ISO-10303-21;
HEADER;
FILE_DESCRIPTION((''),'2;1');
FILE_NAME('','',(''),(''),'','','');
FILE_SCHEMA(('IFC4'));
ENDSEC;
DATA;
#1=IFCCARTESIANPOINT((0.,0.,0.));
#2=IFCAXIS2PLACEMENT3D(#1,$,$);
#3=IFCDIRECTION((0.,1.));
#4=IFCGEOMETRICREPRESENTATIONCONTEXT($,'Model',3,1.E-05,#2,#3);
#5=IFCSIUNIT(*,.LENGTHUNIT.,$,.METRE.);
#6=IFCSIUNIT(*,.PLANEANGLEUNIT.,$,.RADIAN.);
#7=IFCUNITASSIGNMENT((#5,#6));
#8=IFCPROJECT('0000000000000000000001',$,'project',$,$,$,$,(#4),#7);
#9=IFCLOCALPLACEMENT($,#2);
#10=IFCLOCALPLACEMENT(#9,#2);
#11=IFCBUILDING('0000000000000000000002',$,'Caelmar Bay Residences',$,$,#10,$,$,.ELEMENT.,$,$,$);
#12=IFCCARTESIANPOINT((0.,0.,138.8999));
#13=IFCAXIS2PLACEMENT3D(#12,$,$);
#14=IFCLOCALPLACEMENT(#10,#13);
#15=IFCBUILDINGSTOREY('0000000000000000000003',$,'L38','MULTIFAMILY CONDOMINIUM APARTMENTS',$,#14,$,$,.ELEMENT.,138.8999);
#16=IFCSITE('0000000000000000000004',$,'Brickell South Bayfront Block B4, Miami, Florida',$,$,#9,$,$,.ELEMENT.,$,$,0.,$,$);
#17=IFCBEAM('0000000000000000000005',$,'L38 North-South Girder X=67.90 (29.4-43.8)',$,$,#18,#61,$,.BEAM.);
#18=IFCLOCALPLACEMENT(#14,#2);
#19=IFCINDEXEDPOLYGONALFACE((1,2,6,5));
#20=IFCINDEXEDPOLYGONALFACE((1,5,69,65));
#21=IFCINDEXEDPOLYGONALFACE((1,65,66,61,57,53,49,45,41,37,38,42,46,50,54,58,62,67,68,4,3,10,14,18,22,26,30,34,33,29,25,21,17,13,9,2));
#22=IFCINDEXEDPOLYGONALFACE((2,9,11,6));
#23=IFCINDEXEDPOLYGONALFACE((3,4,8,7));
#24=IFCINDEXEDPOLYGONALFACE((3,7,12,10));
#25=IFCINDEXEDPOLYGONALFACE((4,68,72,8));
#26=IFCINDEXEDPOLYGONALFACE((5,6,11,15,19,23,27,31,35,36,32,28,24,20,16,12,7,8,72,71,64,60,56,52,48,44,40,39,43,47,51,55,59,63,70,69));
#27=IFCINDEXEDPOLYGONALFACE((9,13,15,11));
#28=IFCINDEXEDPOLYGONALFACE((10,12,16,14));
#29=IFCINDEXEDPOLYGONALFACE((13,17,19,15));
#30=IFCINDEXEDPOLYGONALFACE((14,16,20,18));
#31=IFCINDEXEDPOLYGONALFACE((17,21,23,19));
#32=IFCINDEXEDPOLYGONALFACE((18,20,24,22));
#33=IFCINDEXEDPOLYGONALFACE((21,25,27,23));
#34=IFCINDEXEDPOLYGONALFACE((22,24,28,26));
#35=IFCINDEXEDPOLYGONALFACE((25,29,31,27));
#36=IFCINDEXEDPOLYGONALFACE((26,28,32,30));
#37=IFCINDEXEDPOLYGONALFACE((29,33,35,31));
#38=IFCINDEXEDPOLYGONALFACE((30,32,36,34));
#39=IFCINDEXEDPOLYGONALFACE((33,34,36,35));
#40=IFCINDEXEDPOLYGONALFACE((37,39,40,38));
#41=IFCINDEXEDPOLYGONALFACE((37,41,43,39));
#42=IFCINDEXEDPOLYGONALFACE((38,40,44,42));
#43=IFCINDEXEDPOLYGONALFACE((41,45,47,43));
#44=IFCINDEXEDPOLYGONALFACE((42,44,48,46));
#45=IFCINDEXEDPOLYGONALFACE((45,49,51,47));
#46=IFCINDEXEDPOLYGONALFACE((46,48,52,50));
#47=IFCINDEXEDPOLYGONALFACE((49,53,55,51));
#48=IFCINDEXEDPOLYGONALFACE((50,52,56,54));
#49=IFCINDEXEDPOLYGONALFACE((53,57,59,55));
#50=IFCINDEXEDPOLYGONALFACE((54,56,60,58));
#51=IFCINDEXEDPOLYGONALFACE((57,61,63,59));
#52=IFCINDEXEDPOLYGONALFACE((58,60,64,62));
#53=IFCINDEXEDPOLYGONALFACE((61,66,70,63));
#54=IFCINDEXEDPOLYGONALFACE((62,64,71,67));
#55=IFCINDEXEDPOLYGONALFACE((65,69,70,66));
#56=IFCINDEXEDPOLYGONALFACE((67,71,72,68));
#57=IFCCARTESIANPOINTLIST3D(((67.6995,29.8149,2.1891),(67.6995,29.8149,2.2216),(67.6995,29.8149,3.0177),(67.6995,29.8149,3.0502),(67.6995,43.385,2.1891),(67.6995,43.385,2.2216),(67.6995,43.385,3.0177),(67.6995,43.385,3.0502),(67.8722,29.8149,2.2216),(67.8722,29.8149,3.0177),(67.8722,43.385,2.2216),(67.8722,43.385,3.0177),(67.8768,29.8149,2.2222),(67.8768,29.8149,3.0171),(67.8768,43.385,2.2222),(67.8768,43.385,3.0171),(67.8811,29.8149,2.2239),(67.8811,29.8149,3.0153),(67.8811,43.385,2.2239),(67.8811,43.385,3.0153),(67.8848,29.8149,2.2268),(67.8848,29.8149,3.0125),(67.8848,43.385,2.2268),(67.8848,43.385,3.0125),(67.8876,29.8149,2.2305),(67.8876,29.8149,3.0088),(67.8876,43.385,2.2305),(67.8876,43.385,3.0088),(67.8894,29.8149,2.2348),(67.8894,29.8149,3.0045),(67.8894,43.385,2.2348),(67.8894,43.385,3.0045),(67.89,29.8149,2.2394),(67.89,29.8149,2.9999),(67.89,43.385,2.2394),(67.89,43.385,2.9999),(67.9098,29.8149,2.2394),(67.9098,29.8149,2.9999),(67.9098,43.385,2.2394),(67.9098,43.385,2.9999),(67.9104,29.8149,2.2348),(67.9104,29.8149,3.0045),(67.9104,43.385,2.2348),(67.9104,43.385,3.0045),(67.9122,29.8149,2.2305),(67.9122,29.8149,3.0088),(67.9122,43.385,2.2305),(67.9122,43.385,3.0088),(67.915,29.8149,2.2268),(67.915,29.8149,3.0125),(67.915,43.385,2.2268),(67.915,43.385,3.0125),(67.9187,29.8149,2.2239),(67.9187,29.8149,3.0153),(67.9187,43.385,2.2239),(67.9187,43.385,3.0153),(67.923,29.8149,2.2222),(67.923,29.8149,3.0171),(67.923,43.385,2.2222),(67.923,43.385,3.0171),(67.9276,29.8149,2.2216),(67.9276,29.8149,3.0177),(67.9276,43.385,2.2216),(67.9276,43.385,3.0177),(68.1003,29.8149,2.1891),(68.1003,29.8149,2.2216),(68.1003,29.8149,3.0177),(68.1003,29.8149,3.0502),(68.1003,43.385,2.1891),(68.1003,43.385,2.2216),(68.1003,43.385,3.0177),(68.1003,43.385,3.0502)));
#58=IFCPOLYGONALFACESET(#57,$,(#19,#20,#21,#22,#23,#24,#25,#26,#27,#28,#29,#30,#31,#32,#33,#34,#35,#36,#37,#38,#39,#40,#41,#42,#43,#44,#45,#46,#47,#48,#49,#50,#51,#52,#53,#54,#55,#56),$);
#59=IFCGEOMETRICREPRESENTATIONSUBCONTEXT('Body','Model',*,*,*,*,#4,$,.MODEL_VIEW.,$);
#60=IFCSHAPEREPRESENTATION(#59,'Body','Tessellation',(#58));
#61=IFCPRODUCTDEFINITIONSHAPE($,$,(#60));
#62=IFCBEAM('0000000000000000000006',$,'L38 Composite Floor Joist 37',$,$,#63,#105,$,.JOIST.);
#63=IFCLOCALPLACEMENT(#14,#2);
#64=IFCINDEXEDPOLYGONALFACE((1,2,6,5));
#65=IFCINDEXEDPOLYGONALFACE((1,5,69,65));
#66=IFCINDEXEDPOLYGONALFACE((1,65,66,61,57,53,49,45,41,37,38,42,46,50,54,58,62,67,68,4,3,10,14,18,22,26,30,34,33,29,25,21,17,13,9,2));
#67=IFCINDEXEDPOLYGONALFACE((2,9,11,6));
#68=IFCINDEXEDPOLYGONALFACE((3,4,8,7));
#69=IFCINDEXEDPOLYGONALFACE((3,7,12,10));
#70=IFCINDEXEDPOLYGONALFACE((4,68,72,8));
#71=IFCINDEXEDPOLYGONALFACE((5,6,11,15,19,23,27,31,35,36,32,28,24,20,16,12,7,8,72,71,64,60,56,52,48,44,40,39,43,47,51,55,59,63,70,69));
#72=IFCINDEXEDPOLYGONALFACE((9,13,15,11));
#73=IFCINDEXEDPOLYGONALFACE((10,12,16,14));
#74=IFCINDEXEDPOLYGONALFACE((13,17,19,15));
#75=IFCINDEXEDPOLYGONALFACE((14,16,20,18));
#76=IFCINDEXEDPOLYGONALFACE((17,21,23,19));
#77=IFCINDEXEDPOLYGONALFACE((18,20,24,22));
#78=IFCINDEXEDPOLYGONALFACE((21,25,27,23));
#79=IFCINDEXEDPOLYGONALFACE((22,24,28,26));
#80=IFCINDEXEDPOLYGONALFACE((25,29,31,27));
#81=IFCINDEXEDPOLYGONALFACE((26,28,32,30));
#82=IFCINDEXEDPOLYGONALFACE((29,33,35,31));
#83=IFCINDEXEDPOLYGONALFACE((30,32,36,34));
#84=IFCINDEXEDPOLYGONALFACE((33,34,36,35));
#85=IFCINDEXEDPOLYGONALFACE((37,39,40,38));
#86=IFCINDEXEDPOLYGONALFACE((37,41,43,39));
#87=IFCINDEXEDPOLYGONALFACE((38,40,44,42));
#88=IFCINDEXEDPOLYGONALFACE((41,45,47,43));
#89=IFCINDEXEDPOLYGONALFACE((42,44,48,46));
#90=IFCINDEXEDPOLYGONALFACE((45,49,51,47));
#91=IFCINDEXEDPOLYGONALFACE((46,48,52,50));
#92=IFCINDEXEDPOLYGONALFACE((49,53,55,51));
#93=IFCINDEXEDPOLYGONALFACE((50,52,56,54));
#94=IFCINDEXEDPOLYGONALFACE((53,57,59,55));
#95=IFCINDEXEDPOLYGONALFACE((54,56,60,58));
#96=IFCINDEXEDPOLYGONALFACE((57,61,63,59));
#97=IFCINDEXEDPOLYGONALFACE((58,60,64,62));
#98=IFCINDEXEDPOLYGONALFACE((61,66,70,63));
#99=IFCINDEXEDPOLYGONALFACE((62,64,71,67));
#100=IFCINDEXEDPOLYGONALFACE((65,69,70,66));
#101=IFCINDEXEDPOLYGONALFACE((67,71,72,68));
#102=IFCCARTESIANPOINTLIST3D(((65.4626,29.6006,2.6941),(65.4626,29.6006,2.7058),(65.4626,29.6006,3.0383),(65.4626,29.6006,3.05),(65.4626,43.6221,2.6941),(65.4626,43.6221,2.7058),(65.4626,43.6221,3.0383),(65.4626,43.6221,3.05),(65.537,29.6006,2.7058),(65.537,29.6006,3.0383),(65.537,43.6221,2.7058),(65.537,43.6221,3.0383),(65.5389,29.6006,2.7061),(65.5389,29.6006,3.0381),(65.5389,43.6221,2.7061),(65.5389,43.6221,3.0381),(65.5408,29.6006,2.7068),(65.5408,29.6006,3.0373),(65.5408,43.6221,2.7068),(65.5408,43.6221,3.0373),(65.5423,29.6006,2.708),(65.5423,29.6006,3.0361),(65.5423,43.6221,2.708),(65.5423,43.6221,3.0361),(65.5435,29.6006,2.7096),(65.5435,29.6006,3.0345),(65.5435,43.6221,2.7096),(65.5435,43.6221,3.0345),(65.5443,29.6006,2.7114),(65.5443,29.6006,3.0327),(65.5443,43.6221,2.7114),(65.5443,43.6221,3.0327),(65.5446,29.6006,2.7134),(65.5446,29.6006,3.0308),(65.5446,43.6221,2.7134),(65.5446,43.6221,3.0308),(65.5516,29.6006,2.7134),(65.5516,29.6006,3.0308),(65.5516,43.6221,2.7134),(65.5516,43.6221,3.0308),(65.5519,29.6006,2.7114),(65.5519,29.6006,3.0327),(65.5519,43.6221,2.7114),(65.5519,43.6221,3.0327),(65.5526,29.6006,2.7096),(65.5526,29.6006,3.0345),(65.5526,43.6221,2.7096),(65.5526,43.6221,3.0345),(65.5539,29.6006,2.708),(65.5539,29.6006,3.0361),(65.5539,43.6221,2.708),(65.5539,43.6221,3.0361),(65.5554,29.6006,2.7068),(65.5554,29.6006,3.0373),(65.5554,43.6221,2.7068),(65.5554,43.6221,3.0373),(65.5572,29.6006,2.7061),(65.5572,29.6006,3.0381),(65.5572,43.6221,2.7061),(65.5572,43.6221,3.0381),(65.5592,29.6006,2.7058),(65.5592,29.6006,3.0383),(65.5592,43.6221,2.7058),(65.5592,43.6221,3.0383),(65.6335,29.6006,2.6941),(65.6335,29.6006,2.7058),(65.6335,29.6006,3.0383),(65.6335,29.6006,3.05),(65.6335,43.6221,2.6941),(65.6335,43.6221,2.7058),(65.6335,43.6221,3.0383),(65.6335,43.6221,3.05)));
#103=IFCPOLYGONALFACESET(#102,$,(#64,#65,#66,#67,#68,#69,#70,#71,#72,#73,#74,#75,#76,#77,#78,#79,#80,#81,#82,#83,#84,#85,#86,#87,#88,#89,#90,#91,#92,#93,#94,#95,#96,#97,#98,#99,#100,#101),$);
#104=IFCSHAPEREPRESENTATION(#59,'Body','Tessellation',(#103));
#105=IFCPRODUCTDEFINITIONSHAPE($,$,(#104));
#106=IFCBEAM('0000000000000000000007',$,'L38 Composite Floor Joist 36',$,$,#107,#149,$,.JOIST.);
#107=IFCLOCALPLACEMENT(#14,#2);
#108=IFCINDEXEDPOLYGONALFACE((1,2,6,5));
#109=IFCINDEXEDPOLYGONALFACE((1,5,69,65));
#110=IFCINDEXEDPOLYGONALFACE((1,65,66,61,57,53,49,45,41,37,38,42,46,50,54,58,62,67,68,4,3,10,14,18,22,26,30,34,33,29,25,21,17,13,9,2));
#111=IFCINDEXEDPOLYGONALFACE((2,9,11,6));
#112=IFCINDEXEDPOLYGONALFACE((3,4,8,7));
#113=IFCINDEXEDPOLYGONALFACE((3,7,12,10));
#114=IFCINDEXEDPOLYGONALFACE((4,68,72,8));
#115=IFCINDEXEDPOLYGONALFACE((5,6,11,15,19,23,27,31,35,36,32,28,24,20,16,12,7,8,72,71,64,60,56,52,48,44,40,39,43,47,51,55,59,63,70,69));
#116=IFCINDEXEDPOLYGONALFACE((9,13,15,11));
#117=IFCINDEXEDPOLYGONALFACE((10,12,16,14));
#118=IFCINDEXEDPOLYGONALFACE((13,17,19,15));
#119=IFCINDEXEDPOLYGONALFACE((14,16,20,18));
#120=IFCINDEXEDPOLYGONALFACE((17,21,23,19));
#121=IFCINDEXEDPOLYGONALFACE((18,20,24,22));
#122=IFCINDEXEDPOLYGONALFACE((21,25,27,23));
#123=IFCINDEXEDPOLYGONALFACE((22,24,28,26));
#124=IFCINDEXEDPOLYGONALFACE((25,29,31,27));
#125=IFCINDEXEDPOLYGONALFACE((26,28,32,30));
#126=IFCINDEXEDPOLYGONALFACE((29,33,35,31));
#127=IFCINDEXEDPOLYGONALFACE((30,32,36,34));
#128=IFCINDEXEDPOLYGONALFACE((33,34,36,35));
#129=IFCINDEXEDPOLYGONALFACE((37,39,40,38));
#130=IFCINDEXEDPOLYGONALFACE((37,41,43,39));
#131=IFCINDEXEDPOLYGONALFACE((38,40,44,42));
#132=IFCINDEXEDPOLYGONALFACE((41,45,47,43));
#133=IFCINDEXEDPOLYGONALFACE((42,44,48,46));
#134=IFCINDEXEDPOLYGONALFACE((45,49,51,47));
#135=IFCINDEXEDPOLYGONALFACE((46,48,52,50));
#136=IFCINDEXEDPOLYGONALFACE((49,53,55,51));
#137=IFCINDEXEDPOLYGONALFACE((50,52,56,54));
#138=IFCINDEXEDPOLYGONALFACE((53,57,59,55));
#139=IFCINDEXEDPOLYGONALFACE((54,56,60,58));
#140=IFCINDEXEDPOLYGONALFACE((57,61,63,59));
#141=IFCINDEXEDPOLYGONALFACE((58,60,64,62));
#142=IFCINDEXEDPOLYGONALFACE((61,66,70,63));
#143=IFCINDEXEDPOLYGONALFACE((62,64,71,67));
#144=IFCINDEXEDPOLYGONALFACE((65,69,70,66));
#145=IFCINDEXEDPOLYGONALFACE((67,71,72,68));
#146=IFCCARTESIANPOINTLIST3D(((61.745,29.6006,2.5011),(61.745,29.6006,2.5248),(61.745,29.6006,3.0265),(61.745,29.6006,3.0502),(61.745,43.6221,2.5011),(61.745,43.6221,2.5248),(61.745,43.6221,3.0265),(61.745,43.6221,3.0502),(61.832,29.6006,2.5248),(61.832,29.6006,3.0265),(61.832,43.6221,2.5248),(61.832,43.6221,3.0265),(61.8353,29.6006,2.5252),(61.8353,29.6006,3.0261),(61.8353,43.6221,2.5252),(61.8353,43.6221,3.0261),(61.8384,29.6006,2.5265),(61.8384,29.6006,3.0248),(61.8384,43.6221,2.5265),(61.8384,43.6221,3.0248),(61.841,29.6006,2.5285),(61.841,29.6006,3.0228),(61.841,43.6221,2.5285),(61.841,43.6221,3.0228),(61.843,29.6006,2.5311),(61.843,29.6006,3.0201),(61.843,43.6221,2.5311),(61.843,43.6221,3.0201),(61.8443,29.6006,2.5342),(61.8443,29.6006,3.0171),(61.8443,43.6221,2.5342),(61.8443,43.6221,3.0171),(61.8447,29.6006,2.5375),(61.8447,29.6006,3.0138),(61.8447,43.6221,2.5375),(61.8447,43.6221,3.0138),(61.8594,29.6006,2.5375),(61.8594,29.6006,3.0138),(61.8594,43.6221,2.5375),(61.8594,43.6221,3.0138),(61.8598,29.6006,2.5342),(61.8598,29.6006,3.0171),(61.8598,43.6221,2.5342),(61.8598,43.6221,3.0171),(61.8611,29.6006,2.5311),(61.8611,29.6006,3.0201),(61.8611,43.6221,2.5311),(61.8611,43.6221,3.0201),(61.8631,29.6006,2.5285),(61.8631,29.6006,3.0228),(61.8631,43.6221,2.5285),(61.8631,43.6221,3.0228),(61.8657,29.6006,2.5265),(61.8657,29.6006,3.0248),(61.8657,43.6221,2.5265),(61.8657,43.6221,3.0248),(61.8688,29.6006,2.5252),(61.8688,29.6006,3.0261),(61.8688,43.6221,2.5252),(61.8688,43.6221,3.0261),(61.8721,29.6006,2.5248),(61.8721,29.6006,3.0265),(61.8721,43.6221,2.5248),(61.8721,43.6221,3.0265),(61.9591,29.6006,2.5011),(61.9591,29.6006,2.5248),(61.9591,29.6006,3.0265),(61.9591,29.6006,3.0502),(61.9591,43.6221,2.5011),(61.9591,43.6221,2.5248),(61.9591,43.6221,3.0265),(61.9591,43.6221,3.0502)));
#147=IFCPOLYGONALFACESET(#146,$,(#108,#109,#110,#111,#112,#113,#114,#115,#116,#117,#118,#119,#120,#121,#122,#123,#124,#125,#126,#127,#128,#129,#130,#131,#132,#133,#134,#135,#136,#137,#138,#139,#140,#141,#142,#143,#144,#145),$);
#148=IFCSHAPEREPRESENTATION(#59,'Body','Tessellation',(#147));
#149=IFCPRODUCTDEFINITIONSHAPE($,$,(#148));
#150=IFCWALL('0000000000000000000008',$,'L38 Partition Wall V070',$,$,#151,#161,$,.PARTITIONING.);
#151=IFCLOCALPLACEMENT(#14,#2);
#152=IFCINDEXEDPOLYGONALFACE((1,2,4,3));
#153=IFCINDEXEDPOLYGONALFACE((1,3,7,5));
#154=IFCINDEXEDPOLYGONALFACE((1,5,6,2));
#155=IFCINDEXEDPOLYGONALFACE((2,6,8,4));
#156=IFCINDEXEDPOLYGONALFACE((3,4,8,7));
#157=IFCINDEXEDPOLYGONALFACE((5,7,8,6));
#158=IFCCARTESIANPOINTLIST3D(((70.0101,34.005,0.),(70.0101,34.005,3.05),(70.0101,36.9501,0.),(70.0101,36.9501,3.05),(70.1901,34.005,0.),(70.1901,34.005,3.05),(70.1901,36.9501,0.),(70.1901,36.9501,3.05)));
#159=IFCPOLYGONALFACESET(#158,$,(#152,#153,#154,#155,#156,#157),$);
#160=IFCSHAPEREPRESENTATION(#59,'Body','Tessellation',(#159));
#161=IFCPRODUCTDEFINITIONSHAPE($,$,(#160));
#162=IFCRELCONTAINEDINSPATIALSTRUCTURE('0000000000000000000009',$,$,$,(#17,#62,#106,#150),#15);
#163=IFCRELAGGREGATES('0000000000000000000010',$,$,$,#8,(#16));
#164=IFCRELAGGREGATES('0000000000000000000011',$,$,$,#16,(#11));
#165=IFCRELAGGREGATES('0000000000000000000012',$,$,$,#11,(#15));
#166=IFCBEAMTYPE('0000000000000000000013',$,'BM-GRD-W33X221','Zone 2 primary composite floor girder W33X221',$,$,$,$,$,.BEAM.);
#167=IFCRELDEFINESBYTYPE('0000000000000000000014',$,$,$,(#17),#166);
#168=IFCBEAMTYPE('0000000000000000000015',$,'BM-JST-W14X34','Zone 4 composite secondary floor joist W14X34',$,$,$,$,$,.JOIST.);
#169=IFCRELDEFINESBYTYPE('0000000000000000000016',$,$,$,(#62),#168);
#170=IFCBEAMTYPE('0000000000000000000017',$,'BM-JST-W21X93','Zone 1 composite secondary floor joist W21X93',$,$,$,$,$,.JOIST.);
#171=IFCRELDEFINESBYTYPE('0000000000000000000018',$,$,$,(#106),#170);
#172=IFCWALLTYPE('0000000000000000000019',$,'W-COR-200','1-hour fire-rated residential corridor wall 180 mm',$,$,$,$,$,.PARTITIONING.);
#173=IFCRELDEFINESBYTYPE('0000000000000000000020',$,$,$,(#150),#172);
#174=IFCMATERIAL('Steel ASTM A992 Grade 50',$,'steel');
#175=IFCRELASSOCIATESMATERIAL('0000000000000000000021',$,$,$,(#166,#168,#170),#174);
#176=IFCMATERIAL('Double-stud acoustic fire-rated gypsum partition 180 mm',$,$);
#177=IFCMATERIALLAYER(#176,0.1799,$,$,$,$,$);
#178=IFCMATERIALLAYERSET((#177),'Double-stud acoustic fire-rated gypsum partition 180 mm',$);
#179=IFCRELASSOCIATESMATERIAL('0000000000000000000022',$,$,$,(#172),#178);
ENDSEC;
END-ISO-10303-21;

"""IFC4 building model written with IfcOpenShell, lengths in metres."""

from ifc_helpers import new_model, si_unit, direction, frame, frame_2d, origin, origin_2d, place, context, subcontext, project, spatial, rectangle, i_section, extrude, material, layer, layer_set, material_profile, profile_set, type_object, element, save


model = new_model("IFC4")

# Units and contexts
model_context = context("Model", 3, precision=1e-05, world=origin(), true_north=direction((0.0, 1.0)))
body_context = subcontext(model_context, "Body", "Model", "MODEL_VIEW")
ifc_project = project(units=[si_unit("LENGTHUNIT", "METRE"), si_unit("PLANEANGLEUNIT", "RADIAN")], contexts=[model_context])

# Site, building, storey
site_placement = place(None, origin())
site = spatial("IfcSite", under=ifc_project, at=site_placement, Name="Brickell South Bayfront Block B4, Miami, Florida", CompositionType="ELEMENT", RefElevation=0.0)
building_placement = place(site_placement, origin())
building = spatial("IfcBuilding", under=site, at=building_placement, Name="Caelmar Bay Residences", CompositionType="ELEMENT")
storey_placement = place(building_placement, frame((0.0, 0.0, 138.8999)))
storey = spatial("IfcBuildingStorey", under=building, at=storey_placement, Name="L38", Description="MULTIFAMILY CONDOMINIUM APARTMENTS", CompositionType="ELEMENT", Elevation=138.8999)

# Beams
ifc_material_1 = material(Name="Steel ASTM A992 Grade 50", Category="steel")
ifc_material_profile_1 = material_profile(ifc_material_1, i_section(OverallWidth=0.4009, OverallDepth=0.8611, WebThickness=0.0198, FlangeThickness=0.0325, FilletRadius=0.0178, at=origin_2d()), Name="W33X221")
ifc_profile_set_1 = profile_set([ifc_material_profile_1], Name="Steel ASTM A992 Grade 50")
beam_type_1 = type_object("IfcBeamType", Name="BM-GRD-W33X221", Description="Zone 2 primary composite floor girder W33X221", PredefinedType="BEAM", material=ifc_profile_set_1)
beam_1_placement = place(storey_placement, frame((67.8999, 29.8149, 2.6196), z_axis=(0.0, 1.0, 0.0), x_axis=(-1.0, 0.0, 0.0)))
element("IfcBeam", 1, at=beam_1_placement, inside=storey, type_object=beam_type_1, Name="L38 North-South Girder X=67.90 (29.4-43.8)", PredefinedType="BEAM", context=body_context, shape_type="SweptSolid", body=[
    extrude(i_section(OverallWidth=0.4009, OverallDepth=0.8611, WebThickness=0.0198, FlangeThickness=0.0325, FilletRadius=0.0178, at=origin_2d()), origin(), (0.0, 0.0, 1.0), 13.5701),
])
ifc_material_profile_2 = material_profile(ifc_material_1, i_section(OverallWidth=0.1709, OverallDepth=0.356, WebThickness=0.0071, FlangeThickness=0.0117, FilletRadius=0.0076, at=origin_2d()), Name="W14X34")
ifc_profile_set_2 = profile_set([ifc_material_profile_2], Name="Steel ASTM A992 Grade 50")
beam_type_2 = type_object("IfcBeamType", Name="BM-JST-W14X34", Description="Zone 4 composite secondary floor joist W14X34", PredefinedType="JOIST", material=ifc_profile_set_2)
beam_2_placement = place(storey_placement, frame((65.5481, 29.6006, 2.8721), z_axis=(0.0, 1.0, 0.0), x_axis=(-1.0, 0.0, 0.0)))
element("IfcBeam", 2, at=beam_2_placement, inside=storey, type_object=beam_type_2, Name="L38 Composite Floor Joist 37", PredefinedType="JOIST", context=body_context, shape_type="SweptSolid", body=[
    extrude(i_section(OverallWidth=0.1709, OverallDepth=0.356, WebThickness=0.0071, FlangeThickness=0.0117, FilletRadius=0.0076, at=origin_2d()), origin(), (0.0, 0.0, 1.0), 14.0215),
])
ifc_material_profile_3 = material_profile(ifc_material_1, i_section(OverallWidth=0.2141, OverallDepth=0.5491, WebThickness=0.0146, FlangeThickness=0.0237, FilletRadius=0.0127, at=origin_2d()), Name="W21X93")
ifc_profile_set_3 = profile_set([ifc_material_profile_3], Name="Steel ASTM A992 Grade 50")
beam_type_3 = type_object("IfcBeamType", Name="BM-JST-W21X93", Description="Zone 1 composite secondary floor joist W21X93", PredefinedType="JOIST", material=ifc_profile_set_3)
beam_3_placement = place(storey_placement, frame((61.8521, 29.6006, 2.7756), z_axis=(0.0, 1.0, 0.0), x_axis=(-1.0, 0.0, 0.0)))
element("IfcBeam", 3, at=beam_3_placement, inside=storey, type_object=beam_type_3, Name="L38 Composite Floor Joist 36", PredefinedType="JOIST", context=body_context, shape_type="SweptSolid", body=[
    extrude(i_section(OverallWidth=0.2141, OverallDepth=0.5491, WebThickness=0.0146, FlangeThickness=0.0237, FilletRadius=0.0127, at=origin_2d()), origin(), (0.0, 0.0, 1.0), 14.0215),
])

# Wall
ifc_material_2 = material(Name="Double-stud acoustic fire-rated gypsum partition 180 mm")
ifc_layer_1 = layer(ifc_material_2, 0.1799)
ifc_layer_set_1 = layer_set([ifc_layer_1], Name="Double-stud acoustic fire-rated gypsum partition 180 mm")
wall_type_1 = type_object("IfcWallType", Name="W-COR-200", Description="1-hour fire-rated residential corridor wall 180 mm", PredefinedType="PARTITIONING", material=ifc_layer_set_1)
wall_1_placement = place(storey_placement, frame((70.1001, 34.0049, 0.0), z_axis=(0.0, 0.0, 1.0), x_axis=(0.0, 1.0, 0.0)))
element("IfcWall", 4, at=wall_1_placement, inside=storey, type_object=wall_type_1, Name="L38 Partition Wall V070", PredefinedType="PARTITIONING", context=body_context, shape_type="SweptSolid", body=[
    extrude(rectangle(XDim=2.9451, YDim=0.1799, at=frame_2d((1.4727, 0.0))), origin(), (0.0, 0.0, 1.0), 3.05),
])

save(model, "model.ifc")
